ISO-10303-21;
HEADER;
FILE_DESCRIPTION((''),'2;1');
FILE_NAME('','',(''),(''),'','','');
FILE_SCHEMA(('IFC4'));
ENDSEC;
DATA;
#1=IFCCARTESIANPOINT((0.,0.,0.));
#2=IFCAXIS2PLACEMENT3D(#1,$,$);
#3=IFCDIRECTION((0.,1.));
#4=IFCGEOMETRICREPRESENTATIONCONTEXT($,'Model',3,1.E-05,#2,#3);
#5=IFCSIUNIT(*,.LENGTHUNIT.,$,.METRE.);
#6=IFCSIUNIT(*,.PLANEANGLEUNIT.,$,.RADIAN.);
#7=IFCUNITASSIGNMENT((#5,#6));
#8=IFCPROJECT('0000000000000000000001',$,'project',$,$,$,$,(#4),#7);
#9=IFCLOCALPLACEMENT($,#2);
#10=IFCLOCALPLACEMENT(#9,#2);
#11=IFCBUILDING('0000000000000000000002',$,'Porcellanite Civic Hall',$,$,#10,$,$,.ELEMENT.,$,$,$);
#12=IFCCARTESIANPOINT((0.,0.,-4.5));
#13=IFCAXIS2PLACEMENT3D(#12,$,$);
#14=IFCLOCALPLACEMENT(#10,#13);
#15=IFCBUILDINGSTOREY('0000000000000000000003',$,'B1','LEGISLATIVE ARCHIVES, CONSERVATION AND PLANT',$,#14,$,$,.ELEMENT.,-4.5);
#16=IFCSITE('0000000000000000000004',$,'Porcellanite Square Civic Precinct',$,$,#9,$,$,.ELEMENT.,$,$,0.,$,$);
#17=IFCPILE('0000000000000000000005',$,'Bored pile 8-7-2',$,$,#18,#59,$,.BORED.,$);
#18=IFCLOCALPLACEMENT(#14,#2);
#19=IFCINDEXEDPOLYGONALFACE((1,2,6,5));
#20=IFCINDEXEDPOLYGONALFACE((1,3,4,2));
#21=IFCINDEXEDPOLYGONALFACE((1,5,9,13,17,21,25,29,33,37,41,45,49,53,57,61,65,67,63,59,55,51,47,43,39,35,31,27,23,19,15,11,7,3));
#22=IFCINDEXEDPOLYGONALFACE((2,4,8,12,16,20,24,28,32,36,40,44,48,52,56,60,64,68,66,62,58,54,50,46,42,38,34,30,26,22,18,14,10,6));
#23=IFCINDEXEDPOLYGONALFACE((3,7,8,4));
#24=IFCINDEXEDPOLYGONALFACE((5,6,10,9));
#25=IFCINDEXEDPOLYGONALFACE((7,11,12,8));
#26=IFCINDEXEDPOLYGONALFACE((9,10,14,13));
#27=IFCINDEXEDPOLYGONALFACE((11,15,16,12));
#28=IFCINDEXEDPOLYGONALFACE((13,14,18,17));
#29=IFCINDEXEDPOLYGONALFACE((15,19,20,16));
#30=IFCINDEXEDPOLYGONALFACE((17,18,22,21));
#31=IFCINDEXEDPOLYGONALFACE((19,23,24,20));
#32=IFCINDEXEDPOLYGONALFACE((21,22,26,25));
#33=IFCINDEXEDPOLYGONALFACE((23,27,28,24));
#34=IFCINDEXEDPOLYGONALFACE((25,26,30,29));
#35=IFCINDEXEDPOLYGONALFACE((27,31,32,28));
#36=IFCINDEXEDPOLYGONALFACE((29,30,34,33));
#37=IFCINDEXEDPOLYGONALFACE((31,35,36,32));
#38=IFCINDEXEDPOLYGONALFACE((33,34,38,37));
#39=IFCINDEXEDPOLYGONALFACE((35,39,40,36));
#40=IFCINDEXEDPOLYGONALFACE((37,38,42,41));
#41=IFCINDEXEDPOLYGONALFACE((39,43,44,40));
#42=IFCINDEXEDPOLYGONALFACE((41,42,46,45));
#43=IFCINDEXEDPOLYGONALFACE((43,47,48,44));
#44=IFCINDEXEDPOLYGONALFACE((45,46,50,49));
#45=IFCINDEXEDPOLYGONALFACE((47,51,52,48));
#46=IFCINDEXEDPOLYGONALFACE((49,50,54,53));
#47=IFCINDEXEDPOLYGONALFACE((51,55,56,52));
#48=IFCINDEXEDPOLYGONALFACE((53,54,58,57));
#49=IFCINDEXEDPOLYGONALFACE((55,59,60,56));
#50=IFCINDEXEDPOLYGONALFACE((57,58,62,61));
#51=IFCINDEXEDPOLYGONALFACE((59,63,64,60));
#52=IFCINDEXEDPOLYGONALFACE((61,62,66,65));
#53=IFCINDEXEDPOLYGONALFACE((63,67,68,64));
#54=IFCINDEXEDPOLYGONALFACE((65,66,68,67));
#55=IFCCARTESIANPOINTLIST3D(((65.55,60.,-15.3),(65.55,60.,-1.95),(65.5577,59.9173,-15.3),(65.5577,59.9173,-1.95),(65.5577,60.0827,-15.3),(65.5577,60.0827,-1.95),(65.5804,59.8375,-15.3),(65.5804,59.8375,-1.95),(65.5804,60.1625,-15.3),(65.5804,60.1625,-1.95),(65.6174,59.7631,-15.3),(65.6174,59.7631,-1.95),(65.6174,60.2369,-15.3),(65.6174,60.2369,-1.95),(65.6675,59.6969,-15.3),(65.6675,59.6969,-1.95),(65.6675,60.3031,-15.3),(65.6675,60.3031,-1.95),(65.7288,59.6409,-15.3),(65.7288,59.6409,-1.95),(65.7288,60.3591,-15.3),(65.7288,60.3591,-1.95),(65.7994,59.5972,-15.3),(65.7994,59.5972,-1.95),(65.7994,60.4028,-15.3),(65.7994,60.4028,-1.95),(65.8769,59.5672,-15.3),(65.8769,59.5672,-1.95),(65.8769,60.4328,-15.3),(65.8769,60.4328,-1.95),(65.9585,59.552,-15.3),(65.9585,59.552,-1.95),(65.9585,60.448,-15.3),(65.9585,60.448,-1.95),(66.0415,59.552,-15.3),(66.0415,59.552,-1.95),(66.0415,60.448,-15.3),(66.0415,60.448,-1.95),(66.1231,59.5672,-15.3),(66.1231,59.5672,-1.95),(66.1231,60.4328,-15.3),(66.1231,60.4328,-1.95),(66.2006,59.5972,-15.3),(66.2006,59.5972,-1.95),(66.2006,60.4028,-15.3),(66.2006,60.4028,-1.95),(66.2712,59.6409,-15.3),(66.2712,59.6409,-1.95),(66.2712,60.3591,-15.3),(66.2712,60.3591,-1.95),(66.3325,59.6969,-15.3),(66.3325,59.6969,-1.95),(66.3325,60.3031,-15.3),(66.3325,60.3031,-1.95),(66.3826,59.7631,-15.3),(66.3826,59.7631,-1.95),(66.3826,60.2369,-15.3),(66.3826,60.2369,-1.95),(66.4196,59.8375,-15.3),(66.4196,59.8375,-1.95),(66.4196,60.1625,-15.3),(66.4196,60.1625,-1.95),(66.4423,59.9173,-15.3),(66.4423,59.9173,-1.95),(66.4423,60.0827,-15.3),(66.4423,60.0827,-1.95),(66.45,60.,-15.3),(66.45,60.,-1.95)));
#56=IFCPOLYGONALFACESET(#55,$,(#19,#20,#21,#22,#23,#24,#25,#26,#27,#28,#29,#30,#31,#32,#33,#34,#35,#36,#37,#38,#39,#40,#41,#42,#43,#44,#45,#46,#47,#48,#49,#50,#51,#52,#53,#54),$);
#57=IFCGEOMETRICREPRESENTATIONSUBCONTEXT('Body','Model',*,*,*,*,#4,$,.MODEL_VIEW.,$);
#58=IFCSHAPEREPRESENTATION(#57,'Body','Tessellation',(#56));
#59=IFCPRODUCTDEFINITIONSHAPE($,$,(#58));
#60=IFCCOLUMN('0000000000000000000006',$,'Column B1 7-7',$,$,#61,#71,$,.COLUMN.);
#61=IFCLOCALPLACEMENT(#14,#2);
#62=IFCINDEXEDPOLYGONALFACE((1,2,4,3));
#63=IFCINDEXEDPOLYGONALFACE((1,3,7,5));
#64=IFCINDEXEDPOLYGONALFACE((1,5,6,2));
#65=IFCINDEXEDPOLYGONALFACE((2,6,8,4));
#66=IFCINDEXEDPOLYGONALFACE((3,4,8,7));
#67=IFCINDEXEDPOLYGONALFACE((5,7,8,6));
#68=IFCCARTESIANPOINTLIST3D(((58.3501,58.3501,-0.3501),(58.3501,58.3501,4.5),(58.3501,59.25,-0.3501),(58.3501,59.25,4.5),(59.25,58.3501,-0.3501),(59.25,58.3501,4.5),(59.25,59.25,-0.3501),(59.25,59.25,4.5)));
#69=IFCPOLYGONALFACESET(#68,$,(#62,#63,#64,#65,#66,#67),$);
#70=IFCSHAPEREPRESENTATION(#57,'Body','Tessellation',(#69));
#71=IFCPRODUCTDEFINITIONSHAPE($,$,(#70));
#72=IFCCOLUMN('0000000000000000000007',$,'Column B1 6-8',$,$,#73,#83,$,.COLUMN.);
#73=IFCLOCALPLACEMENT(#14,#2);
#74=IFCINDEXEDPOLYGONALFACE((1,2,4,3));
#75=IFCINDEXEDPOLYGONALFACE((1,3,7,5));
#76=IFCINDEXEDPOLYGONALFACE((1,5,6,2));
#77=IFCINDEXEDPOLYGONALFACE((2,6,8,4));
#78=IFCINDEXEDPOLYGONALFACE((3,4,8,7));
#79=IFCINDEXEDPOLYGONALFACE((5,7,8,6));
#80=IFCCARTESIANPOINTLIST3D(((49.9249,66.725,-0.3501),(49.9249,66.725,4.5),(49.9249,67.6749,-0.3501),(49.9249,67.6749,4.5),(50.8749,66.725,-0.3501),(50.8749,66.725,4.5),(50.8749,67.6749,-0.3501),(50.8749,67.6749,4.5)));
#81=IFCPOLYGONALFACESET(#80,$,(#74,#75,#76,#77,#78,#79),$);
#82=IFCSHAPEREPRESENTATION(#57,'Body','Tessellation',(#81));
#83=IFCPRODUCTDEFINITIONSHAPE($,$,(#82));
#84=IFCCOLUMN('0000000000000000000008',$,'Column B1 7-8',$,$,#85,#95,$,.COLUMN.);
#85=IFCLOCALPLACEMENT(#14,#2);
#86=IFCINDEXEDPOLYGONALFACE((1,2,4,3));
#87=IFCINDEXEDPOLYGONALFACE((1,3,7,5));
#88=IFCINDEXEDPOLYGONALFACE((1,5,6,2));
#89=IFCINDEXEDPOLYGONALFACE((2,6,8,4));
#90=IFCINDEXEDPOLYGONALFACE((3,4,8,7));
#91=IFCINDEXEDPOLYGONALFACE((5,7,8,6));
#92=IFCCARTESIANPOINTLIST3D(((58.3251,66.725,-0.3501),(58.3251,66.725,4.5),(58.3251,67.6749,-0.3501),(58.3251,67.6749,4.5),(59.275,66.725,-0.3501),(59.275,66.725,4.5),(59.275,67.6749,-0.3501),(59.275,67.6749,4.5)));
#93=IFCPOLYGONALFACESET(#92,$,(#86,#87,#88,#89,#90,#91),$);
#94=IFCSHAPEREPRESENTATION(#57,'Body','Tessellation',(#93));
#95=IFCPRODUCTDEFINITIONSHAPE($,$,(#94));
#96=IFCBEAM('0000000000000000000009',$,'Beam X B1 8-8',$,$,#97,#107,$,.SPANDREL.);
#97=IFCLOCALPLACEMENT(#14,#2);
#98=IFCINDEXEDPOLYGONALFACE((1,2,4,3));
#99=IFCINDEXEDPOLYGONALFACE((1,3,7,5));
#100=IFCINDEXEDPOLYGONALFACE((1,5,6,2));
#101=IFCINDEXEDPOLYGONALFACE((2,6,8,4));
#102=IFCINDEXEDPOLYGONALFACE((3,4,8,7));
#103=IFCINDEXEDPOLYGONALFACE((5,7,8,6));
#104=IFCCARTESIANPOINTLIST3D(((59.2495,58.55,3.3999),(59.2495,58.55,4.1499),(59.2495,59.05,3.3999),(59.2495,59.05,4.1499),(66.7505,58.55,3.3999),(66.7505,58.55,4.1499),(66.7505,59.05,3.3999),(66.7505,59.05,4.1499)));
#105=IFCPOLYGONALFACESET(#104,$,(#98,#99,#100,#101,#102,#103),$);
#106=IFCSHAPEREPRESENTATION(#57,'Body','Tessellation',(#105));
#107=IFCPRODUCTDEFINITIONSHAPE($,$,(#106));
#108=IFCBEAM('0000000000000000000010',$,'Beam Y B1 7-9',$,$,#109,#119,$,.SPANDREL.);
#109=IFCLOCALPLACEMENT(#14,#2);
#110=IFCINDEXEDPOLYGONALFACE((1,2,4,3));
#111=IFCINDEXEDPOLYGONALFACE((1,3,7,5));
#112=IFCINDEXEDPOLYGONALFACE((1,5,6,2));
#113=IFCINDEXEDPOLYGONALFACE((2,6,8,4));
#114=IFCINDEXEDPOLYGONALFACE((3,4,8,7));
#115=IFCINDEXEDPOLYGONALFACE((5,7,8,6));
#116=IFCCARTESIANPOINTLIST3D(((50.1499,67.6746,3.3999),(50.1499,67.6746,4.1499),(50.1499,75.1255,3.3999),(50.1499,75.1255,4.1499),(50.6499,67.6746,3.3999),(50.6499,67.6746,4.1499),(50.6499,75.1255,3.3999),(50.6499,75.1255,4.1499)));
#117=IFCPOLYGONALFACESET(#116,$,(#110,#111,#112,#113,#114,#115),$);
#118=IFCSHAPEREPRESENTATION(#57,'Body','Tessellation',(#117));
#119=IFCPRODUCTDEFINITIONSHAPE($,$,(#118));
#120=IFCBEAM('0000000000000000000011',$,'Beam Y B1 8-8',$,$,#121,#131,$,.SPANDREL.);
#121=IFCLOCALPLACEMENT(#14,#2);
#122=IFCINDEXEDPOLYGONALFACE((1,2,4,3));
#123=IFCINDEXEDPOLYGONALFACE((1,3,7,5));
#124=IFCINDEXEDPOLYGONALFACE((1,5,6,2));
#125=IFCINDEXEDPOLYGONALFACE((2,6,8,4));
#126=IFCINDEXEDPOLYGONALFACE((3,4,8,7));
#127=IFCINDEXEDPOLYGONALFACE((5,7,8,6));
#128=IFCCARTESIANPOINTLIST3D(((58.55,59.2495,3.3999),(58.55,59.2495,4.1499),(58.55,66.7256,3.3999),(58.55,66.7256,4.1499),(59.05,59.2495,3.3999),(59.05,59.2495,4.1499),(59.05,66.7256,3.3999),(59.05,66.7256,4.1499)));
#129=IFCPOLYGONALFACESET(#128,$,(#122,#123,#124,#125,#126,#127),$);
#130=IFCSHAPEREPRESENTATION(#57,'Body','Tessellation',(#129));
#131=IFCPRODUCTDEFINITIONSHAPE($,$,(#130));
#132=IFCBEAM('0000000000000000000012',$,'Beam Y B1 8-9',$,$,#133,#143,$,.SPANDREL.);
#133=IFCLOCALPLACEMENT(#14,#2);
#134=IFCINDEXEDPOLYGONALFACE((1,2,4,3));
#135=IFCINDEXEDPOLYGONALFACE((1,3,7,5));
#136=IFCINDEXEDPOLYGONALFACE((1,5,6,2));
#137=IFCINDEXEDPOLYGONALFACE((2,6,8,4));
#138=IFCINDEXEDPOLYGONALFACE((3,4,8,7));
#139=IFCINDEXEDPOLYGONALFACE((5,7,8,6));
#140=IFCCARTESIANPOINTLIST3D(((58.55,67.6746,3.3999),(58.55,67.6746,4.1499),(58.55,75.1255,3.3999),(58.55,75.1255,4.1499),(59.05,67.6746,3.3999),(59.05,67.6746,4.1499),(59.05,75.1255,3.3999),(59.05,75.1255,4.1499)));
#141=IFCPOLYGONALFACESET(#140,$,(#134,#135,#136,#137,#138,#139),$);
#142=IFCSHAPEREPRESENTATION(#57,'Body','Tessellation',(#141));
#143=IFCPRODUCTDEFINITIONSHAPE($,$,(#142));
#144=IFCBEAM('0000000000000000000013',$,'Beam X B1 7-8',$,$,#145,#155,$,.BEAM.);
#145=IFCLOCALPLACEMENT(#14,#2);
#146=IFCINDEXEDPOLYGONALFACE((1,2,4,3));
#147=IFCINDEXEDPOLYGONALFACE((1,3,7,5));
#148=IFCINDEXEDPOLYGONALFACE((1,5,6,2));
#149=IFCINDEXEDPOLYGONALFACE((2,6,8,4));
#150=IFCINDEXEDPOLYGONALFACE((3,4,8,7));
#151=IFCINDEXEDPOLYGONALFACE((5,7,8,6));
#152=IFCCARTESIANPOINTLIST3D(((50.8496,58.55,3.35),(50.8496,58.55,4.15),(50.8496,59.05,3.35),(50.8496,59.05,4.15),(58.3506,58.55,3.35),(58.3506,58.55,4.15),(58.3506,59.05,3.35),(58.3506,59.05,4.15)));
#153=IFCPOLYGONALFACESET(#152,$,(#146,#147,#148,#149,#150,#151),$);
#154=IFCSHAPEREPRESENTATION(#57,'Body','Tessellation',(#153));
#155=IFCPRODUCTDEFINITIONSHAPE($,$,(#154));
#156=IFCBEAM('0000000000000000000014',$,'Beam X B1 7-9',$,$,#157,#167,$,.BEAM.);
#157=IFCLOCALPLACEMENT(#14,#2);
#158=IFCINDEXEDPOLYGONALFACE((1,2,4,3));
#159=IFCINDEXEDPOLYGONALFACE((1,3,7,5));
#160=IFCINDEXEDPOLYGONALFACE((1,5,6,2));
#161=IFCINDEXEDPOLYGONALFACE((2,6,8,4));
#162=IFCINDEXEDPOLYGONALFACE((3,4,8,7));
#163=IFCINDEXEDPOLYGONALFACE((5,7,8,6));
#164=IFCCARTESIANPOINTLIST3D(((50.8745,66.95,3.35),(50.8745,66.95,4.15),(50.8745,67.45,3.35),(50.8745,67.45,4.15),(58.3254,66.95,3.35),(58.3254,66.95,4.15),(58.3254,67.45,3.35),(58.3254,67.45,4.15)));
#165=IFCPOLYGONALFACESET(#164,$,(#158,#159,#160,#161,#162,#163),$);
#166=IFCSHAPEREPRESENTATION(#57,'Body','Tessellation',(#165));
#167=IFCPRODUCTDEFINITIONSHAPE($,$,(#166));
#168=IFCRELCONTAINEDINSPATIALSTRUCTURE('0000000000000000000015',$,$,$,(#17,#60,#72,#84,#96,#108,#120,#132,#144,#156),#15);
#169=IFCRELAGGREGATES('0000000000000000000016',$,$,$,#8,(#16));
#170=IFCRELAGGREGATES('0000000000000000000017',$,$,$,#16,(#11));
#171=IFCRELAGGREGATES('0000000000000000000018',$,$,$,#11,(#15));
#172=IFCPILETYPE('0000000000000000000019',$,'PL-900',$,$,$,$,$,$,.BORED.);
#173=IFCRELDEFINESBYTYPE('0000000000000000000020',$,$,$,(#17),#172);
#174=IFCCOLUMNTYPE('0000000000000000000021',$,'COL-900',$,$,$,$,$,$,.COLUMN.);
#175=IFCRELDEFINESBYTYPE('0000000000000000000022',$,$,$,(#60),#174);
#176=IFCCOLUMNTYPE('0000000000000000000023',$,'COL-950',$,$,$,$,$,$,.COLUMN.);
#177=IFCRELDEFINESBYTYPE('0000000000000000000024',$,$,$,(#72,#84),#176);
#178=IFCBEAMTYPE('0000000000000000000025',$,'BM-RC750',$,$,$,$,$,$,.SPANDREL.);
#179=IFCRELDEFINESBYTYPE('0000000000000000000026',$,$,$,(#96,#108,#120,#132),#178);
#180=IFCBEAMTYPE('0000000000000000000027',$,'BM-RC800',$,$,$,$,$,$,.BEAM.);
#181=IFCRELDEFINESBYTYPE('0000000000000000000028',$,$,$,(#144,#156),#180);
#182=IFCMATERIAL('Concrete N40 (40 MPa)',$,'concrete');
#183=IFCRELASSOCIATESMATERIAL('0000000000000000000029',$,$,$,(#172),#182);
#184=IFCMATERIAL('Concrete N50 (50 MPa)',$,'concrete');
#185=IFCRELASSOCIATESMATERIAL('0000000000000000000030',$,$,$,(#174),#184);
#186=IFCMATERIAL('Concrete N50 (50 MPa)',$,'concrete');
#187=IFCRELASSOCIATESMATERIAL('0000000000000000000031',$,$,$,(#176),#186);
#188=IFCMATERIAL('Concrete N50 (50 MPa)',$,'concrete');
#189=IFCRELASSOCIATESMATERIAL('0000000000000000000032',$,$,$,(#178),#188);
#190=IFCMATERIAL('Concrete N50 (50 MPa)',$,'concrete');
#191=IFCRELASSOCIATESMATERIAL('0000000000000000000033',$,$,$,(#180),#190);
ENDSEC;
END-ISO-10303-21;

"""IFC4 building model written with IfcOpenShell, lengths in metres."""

from ifc_helpers import new_model, si_unit, direction, frame, origin, origin_2d, place, context, subcontext, project, spatial, rectangle, circle, extrude, material, material_profile, profile_set, type_object, element, save


model = new_model("IFC4")

# Units and contexts
model_context = context("Model", 3, precision=1e-05, world=origin(), true_north=direction((0.0, 1.0)))
body_context = subcontext(model_context, "Body", "Model", "MODEL_VIEW")
ifc_project = project(units=[si_unit("LENGTHUNIT", "METRE"), si_unit("PLANEANGLEUNIT", "RADIAN")], contexts=[model_context])

# Site, building, storey
site_placement = place(None, origin())
site = spatial("IfcSite", under=ifc_project, at=site_placement, Name="Porcellanite Square Civic Precinct", CompositionType="ELEMENT", RefElevation=0.0)
building_placement = place(site_placement, origin())
building = spatial("IfcBuilding", under=site, at=building_placement, Name="Porcellanite Civic Hall", CompositionType="ELEMENT")
storey_placement = place(building_placement, frame((0.0, 0.0, -4.5)))
storey = spatial("IfcBuildingStorey", under=building, at=storey_placement, Name="B1", Description="LEGISLATIVE ARCHIVES, CONSERVATION AND PLANT", CompositionType="ELEMENT", Elevation=-4.5)

# Pile
ifc_material_1 = material(Name="Concrete N40 (40 MPa)", Category="concrete")
ifc_material_profile_1 = material_profile(ifc_material_1, circle(Radius=0.45, at=origin_2d()), Name="PILE-D900")
ifc_profile_set_1 = profile_set([ifc_material_profile_1], Name="Concrete N40 (40 MPa)")
pile_type = type_object("IfcPileType", Name="PL-900", PredefinedType="BORED", material=ifc_profile_set_1)
for number, where, z_axis, x_axis, name in (
    (1, (66.0, 60.0, -1.95), (0.0, 0.0, -1.0), (1.0, 0.0, 0.0), "Bored pile 8-7-2"),
):
    element("IfcPile", number, at=place(storey_placement, frame(where, z_axis=z_axis, x_axis=x_axis)), inside=storey, type_object=pile_type, Name=name, PredefinedType="BORED", context=body_context, shape_type="SweptSolid", body=[
        extrude(circle(Radius=0.45, at=origin_2d()), origin(), (0.0, 0.0, 1.0), 13.3501),
    ])

# Columns
ifc_material_2 = material(Name="Concrete N50 (50 MPa)", Category="concrete")
ifc_material_profile_2 = material_profile(ifc_material_2, rectangle(XDim=0.8999, YDim=0.8999, at=origin_2d()), Name="RC-900x900")
ifc_profile_set_2 = profile_set([ifc_material_profile_2], Name="Concrete N50 (50 MPa)")
column_type_1 = type_object("IfcColumnType", Name="COL-900", PredefinedType="COLUMN", material=ifc_profile_set_2)
column_placement = place(storey_placement, frame((58.8, 58.8, -0.3501), z_axis=(0.0, 0.0, 1.0), x_axis=(1.0, 0.0, 0.0)))
element("IfcColumn", 2, at=column_placement, inside=storey, type_object=column_type_1, Name="Column B1 7-7", PredefinedType="COLUMN", context=body_context, shape_type="SweptSolid", body=[
    extrude(rectangle(XDim=0.8999, YDim=0.8999, at=origin_2d()), origin(), (0.0, 0.0, 1.0), 4.8501),
])
ifc_material_3 = material(Name="Concrete N50 (50 MPa)", Category="concrete")
ifc_material_profile_3 = material_profile(ifc_material_3, rectangle(XDim=0.95, YDim=0.95, at=origin_2d()), Name="RC-950x950")
ifc_profile_set_3 = profile_set([ifc_material_profile_3], Name="Concrete N50 (50 MPa)")
column_type_2 = type_object("IfcColumnType", Name="COL-950", PredefinedType="COLUMN", material=ifc_profile_set_3)
for number, where, z_axis, x_axis, name in (
    (3, (50.3999, 67.2, -0.3501), (0.0, 0.0, 1.0), (1.0, 0.0, 0.0), "Column B1 6-8"),
    (4, (58.8, 67.2, -0.3501), (0.0, 0.0, 1.0), (1.0, 0.0, 0.0), "Column B1 7-8"),
):
    element("IfcColumn", number, at=place(storey_placement, frame(where, z_axis=z_axis, x_axis=x_axis)), inside=storey, type_object=column_type_2, Name=name, PredefinedType="COLUMN", context=body_context, shape_type="SweptSolid", body=[
        extrude(rectangle(XDim=0.95, YDim=0.95, at=origin_2d()), origin(), (0.0, 0.0, 1.0), 4.8501),
    ])

# Beams
ifc_material_4 = material(Name="Concrete N50 (50 MPa)", Category="concrete")
ifc_material_profile_4 = material_profile(ifc_material_4, rectangle(XDim=0.5, YDim=0.75, at=origin_2d()), Name="RC-500x750")
ifc_profile_set_4 = profile_set([ifc_material_profile_4], Name="Concrete N50 (50 MPa)")
beam_type_1 = type_object("IfcBeamType", Name="BM-RC750", PredefinedType="SPANDREL", material=ifc_profile_set_4)
beam_1_placement = place(storey_placement, frame((59.2495, 58.8, 3.7749), z_axis=(1.0, 0.0, 0.0), x_axis=(0.0, 1.0, 0.0)))
element("IfcBeam", 5, at=beam_1_placement, inside=storey, type_object=beam_type_1, Name="Beam X B1 8-8", PredefinedType="SPANDREL", context=body_context, shape_type="SweptSolid", body=[
    extrude(rectangle(XDim=0.5, YDim=0.75, at=origin_2d()), origin(), (0.0, 0.0, 1.0), 7.501),
])
beam_2_placement = place(storey_placement, frame((50.3999, 67.6746, 3.7749), z_axis=(0.0, 1.0, 0.0), x_axis=(-1.0, 0.0, 0.0)))
element("IfcBeam", 6, at=beam_2_placement, inside=storey, type_object=beam_type_1, Name="Beam Y B1 7-9", PredefinedType="SPANDREL", context=body_context, shape_type="SweptSolid", body=[
    extrude(rectangle(XDim=0.5, YDim=0.75, at=origin_2d()), origin(), (0.0, 0.0, 1.0), 7.4509),
])
beam_3_placement = place(storey_placement, frame((58.8, 59.2495, 3.7749), z_axis=(0.0, 1.0, 0.0), x_axis=(-1.0, 0.0, 0.0)))
element("IfcBeam", 7, at=beam_3_placement, inside=storey, type_object=beam_type_1, Name="Beam Y B1 8-8", PredefinedType="SPANDREL", context=body_context, shape_type="SweptSolid", body=[
    extrude(rectangle(XDim=0.5, YDim=0.75, at=origin_2d()), origin(), (0.0, 0.0, 1.0), 7.4761),
])
beam_4_placement = place(storey_placement, frame((58.8, 67.6746, 3.7749), z_axis=(0.0, 1.0, 0.0), x_axis=(-1.0, 0.0, 0.0)))
element("IfcBeam", 8, at=beam_4_placement, inside=storey, type_object=beam_type_1, Name="Beam Y B1 8-9", PredefinedType="SPANDREL", context=body_context, shape_type="SweptSolid", body=[
    extrude(rectangle(XDim=0.5, YDim=0.75, at=origin_2d()), origin(), (0.0, 0.0, 1.0), 7.4509),
])
ifc_material_5 = material(Name="Concrete N50 (50 MPa)", Category="concrete")
ifc_material_profile_5 = material_profile(ifc_material_5, rectangle(XDim=0.5, YDim=0.8, at=origin_2d()), Name="RC-500x800")
ifc_profile_set_5 = profile_set([ifc_material_profile_5], Name="Concrete N50 (50 MPa)")
beam_type_2 = type_object("IfcBeamType", Name="BM-RC800", PredefinedType="BEAM", material=ifc_profile_set_5)
beam_5_placement = place(storey_placement, frame((50.8496, 58.8, 3.75), z_axis=(1.0, 0.0, 0.0), x_axis=(0.0, 1.0, 0.0)))
element("IfcBeam", 9, at=beam_5_placement, inside=storey, type_object=beam_type_2, Name="Beam X B1 7-8", PredefinedType="BEAM", context=body_context, shape_type="SweptSolid", body=[
    extrude(rectangle(XDim=0.5, YDim=0.8, at=origin_2d()), origin(), (0.0, 0.0, 1.0), 7.501),
])
beam_6_placement = place(storey_placement, frame((50.8745, 67.2, 3.75), z_axis=(1.0, 0.0, 0.0), x_axis=(0.0, 1.0, 0.0)))
element("IfcBeam", 10, at=beam_6_placement, inside=storey, type_object=beam_type_2, Name="Beam X B1 7-9", PredefinedType="BEAM", context=body_context, shape_type="SweptSolid", body=[
    extrude(rectangle(XDim=0.5, YDim=0.8, at=origin_2d()), origin(), (0.0, 0.0, 1.0), 7.4509),
])

save(model, "model.ifc")
